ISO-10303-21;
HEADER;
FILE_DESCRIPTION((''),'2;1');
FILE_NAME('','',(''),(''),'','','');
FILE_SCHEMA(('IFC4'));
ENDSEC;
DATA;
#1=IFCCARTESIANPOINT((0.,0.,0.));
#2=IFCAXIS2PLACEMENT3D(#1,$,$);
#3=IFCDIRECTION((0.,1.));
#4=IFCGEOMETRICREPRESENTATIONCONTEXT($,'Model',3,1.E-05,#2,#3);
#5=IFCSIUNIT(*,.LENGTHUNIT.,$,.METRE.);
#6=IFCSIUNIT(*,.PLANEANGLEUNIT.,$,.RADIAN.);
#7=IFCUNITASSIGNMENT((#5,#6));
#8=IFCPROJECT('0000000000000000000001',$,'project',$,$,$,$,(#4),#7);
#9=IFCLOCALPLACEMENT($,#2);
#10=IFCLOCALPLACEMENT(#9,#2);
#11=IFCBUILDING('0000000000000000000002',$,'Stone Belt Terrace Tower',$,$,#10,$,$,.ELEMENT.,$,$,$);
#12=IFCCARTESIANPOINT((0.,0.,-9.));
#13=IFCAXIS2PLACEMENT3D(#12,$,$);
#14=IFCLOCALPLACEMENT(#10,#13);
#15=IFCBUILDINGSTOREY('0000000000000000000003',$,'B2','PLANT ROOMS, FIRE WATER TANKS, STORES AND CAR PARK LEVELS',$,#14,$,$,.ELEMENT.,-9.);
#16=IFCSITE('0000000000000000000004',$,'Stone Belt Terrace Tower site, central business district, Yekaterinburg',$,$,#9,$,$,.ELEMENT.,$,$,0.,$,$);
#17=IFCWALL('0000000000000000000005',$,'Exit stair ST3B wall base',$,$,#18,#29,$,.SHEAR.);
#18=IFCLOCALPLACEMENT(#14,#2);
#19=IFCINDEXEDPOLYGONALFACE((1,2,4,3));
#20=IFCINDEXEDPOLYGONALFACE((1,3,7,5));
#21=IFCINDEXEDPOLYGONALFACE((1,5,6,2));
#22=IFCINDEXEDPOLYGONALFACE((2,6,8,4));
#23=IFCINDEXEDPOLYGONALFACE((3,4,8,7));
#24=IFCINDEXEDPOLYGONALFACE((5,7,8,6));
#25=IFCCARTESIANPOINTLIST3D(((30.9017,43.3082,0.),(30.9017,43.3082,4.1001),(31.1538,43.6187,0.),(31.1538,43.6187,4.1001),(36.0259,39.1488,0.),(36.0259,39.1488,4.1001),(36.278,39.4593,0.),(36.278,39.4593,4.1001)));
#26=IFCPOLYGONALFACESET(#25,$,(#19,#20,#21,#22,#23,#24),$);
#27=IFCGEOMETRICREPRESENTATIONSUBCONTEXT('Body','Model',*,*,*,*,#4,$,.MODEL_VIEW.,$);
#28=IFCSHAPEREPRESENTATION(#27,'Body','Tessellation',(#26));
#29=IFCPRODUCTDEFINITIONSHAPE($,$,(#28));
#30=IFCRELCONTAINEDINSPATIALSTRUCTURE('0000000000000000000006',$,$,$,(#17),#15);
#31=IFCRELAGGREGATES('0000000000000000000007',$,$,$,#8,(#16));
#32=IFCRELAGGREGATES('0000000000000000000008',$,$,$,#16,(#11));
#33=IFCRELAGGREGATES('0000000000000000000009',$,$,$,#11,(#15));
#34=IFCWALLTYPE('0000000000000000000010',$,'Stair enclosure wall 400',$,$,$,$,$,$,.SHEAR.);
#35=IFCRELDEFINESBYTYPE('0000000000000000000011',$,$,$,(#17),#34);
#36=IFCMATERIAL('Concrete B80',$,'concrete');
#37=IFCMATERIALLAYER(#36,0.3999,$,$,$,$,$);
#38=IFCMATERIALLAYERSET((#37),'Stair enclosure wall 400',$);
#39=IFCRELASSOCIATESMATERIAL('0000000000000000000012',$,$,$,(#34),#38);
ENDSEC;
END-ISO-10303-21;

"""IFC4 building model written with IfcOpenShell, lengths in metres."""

from ifc_helpers import new_model, si_unit, direction, frame, frame_2d, origin, place, context, subcontext, project, spatial, rectangle, extrude, material, layer, layer_set, type_object, element, save


model = new_model("IFC4")

# Units and contexts
model_context = context("Model", 3, precision=1e-05, world=origin(), true_north=direction((0.0, 1.0)))
body_context = subcontext(model_context, "Body", "Model", "MODEL_VIEW")
ifc_project = project(units=[si_unit("LENGTHUNIT", "METRE"), si_unit("PLANEANGLEUNIT", "RADIAN")], contexts=[model_context])

# Site, building, storey
site_placement = place(None, origin())
site = spatial("IfcSite", under=ifc_project, at=site_placement, Name="Stone Belt Terrace Tower site, central business district, Yekaterinburg", CompositionType="ELEMENT", RefElevation=0.0)
building_placement = place(site_placement, origin())
building = spatial("IfcBuilding", under=site, at=building_placement, Name="Stone Belt Terrace Tower", CompositionType="ELEMENT")
storey_placement = place(building_placement, frame((0.0, 0.0, -9.0)))
storey = spatial("IfcBuildingStorey", under=building, at=storey_placement, Name="B2", Description="PLANT ROOMS, FIRE WATER TANKS, STORES AND CAR PARK LEVELS", CompositionType="ELEMENT", Elevation=-9.0)

# Shared definitions
ifc_material_1 = material(Name="Concrete B80", Category="concrete")

# Wall
ifc_layer_1 = layer(ifc_material_1, 0.3999)
ifc_layer_set_1 = layer_set([ifc_layer_1], Name="Stair enclosure wall 400")
wall_type_1 = type_object("IfcWallType", Name="Stair enclosure wall 400", PredefinedType="SHEAR", material=ifc_layer_set_1)
wall_1_placement = place(storey_placement, frame((31.0278, 43.4634, 0.0), z_axis=(0.0, 0.0, 1.0), x_axis=(0.776414, -0.630224, 0.0)))
element("IfcWall", 1, at=wall_1_placement, inside=storey, type_object=wall_type_1, Name="Exit stair ST3B wall base", PredefinedType="SHEAR", context=body_context, shape_type="SweptSolid", body=[
    extrude(rectangle(XDim=6.5999, YDim=0.3999, at=frame_2d((3.2998, 0.0))), origin(), (0.0, 0.0, 1.0), 4.1001),
])

save(model, "model.ifc")
